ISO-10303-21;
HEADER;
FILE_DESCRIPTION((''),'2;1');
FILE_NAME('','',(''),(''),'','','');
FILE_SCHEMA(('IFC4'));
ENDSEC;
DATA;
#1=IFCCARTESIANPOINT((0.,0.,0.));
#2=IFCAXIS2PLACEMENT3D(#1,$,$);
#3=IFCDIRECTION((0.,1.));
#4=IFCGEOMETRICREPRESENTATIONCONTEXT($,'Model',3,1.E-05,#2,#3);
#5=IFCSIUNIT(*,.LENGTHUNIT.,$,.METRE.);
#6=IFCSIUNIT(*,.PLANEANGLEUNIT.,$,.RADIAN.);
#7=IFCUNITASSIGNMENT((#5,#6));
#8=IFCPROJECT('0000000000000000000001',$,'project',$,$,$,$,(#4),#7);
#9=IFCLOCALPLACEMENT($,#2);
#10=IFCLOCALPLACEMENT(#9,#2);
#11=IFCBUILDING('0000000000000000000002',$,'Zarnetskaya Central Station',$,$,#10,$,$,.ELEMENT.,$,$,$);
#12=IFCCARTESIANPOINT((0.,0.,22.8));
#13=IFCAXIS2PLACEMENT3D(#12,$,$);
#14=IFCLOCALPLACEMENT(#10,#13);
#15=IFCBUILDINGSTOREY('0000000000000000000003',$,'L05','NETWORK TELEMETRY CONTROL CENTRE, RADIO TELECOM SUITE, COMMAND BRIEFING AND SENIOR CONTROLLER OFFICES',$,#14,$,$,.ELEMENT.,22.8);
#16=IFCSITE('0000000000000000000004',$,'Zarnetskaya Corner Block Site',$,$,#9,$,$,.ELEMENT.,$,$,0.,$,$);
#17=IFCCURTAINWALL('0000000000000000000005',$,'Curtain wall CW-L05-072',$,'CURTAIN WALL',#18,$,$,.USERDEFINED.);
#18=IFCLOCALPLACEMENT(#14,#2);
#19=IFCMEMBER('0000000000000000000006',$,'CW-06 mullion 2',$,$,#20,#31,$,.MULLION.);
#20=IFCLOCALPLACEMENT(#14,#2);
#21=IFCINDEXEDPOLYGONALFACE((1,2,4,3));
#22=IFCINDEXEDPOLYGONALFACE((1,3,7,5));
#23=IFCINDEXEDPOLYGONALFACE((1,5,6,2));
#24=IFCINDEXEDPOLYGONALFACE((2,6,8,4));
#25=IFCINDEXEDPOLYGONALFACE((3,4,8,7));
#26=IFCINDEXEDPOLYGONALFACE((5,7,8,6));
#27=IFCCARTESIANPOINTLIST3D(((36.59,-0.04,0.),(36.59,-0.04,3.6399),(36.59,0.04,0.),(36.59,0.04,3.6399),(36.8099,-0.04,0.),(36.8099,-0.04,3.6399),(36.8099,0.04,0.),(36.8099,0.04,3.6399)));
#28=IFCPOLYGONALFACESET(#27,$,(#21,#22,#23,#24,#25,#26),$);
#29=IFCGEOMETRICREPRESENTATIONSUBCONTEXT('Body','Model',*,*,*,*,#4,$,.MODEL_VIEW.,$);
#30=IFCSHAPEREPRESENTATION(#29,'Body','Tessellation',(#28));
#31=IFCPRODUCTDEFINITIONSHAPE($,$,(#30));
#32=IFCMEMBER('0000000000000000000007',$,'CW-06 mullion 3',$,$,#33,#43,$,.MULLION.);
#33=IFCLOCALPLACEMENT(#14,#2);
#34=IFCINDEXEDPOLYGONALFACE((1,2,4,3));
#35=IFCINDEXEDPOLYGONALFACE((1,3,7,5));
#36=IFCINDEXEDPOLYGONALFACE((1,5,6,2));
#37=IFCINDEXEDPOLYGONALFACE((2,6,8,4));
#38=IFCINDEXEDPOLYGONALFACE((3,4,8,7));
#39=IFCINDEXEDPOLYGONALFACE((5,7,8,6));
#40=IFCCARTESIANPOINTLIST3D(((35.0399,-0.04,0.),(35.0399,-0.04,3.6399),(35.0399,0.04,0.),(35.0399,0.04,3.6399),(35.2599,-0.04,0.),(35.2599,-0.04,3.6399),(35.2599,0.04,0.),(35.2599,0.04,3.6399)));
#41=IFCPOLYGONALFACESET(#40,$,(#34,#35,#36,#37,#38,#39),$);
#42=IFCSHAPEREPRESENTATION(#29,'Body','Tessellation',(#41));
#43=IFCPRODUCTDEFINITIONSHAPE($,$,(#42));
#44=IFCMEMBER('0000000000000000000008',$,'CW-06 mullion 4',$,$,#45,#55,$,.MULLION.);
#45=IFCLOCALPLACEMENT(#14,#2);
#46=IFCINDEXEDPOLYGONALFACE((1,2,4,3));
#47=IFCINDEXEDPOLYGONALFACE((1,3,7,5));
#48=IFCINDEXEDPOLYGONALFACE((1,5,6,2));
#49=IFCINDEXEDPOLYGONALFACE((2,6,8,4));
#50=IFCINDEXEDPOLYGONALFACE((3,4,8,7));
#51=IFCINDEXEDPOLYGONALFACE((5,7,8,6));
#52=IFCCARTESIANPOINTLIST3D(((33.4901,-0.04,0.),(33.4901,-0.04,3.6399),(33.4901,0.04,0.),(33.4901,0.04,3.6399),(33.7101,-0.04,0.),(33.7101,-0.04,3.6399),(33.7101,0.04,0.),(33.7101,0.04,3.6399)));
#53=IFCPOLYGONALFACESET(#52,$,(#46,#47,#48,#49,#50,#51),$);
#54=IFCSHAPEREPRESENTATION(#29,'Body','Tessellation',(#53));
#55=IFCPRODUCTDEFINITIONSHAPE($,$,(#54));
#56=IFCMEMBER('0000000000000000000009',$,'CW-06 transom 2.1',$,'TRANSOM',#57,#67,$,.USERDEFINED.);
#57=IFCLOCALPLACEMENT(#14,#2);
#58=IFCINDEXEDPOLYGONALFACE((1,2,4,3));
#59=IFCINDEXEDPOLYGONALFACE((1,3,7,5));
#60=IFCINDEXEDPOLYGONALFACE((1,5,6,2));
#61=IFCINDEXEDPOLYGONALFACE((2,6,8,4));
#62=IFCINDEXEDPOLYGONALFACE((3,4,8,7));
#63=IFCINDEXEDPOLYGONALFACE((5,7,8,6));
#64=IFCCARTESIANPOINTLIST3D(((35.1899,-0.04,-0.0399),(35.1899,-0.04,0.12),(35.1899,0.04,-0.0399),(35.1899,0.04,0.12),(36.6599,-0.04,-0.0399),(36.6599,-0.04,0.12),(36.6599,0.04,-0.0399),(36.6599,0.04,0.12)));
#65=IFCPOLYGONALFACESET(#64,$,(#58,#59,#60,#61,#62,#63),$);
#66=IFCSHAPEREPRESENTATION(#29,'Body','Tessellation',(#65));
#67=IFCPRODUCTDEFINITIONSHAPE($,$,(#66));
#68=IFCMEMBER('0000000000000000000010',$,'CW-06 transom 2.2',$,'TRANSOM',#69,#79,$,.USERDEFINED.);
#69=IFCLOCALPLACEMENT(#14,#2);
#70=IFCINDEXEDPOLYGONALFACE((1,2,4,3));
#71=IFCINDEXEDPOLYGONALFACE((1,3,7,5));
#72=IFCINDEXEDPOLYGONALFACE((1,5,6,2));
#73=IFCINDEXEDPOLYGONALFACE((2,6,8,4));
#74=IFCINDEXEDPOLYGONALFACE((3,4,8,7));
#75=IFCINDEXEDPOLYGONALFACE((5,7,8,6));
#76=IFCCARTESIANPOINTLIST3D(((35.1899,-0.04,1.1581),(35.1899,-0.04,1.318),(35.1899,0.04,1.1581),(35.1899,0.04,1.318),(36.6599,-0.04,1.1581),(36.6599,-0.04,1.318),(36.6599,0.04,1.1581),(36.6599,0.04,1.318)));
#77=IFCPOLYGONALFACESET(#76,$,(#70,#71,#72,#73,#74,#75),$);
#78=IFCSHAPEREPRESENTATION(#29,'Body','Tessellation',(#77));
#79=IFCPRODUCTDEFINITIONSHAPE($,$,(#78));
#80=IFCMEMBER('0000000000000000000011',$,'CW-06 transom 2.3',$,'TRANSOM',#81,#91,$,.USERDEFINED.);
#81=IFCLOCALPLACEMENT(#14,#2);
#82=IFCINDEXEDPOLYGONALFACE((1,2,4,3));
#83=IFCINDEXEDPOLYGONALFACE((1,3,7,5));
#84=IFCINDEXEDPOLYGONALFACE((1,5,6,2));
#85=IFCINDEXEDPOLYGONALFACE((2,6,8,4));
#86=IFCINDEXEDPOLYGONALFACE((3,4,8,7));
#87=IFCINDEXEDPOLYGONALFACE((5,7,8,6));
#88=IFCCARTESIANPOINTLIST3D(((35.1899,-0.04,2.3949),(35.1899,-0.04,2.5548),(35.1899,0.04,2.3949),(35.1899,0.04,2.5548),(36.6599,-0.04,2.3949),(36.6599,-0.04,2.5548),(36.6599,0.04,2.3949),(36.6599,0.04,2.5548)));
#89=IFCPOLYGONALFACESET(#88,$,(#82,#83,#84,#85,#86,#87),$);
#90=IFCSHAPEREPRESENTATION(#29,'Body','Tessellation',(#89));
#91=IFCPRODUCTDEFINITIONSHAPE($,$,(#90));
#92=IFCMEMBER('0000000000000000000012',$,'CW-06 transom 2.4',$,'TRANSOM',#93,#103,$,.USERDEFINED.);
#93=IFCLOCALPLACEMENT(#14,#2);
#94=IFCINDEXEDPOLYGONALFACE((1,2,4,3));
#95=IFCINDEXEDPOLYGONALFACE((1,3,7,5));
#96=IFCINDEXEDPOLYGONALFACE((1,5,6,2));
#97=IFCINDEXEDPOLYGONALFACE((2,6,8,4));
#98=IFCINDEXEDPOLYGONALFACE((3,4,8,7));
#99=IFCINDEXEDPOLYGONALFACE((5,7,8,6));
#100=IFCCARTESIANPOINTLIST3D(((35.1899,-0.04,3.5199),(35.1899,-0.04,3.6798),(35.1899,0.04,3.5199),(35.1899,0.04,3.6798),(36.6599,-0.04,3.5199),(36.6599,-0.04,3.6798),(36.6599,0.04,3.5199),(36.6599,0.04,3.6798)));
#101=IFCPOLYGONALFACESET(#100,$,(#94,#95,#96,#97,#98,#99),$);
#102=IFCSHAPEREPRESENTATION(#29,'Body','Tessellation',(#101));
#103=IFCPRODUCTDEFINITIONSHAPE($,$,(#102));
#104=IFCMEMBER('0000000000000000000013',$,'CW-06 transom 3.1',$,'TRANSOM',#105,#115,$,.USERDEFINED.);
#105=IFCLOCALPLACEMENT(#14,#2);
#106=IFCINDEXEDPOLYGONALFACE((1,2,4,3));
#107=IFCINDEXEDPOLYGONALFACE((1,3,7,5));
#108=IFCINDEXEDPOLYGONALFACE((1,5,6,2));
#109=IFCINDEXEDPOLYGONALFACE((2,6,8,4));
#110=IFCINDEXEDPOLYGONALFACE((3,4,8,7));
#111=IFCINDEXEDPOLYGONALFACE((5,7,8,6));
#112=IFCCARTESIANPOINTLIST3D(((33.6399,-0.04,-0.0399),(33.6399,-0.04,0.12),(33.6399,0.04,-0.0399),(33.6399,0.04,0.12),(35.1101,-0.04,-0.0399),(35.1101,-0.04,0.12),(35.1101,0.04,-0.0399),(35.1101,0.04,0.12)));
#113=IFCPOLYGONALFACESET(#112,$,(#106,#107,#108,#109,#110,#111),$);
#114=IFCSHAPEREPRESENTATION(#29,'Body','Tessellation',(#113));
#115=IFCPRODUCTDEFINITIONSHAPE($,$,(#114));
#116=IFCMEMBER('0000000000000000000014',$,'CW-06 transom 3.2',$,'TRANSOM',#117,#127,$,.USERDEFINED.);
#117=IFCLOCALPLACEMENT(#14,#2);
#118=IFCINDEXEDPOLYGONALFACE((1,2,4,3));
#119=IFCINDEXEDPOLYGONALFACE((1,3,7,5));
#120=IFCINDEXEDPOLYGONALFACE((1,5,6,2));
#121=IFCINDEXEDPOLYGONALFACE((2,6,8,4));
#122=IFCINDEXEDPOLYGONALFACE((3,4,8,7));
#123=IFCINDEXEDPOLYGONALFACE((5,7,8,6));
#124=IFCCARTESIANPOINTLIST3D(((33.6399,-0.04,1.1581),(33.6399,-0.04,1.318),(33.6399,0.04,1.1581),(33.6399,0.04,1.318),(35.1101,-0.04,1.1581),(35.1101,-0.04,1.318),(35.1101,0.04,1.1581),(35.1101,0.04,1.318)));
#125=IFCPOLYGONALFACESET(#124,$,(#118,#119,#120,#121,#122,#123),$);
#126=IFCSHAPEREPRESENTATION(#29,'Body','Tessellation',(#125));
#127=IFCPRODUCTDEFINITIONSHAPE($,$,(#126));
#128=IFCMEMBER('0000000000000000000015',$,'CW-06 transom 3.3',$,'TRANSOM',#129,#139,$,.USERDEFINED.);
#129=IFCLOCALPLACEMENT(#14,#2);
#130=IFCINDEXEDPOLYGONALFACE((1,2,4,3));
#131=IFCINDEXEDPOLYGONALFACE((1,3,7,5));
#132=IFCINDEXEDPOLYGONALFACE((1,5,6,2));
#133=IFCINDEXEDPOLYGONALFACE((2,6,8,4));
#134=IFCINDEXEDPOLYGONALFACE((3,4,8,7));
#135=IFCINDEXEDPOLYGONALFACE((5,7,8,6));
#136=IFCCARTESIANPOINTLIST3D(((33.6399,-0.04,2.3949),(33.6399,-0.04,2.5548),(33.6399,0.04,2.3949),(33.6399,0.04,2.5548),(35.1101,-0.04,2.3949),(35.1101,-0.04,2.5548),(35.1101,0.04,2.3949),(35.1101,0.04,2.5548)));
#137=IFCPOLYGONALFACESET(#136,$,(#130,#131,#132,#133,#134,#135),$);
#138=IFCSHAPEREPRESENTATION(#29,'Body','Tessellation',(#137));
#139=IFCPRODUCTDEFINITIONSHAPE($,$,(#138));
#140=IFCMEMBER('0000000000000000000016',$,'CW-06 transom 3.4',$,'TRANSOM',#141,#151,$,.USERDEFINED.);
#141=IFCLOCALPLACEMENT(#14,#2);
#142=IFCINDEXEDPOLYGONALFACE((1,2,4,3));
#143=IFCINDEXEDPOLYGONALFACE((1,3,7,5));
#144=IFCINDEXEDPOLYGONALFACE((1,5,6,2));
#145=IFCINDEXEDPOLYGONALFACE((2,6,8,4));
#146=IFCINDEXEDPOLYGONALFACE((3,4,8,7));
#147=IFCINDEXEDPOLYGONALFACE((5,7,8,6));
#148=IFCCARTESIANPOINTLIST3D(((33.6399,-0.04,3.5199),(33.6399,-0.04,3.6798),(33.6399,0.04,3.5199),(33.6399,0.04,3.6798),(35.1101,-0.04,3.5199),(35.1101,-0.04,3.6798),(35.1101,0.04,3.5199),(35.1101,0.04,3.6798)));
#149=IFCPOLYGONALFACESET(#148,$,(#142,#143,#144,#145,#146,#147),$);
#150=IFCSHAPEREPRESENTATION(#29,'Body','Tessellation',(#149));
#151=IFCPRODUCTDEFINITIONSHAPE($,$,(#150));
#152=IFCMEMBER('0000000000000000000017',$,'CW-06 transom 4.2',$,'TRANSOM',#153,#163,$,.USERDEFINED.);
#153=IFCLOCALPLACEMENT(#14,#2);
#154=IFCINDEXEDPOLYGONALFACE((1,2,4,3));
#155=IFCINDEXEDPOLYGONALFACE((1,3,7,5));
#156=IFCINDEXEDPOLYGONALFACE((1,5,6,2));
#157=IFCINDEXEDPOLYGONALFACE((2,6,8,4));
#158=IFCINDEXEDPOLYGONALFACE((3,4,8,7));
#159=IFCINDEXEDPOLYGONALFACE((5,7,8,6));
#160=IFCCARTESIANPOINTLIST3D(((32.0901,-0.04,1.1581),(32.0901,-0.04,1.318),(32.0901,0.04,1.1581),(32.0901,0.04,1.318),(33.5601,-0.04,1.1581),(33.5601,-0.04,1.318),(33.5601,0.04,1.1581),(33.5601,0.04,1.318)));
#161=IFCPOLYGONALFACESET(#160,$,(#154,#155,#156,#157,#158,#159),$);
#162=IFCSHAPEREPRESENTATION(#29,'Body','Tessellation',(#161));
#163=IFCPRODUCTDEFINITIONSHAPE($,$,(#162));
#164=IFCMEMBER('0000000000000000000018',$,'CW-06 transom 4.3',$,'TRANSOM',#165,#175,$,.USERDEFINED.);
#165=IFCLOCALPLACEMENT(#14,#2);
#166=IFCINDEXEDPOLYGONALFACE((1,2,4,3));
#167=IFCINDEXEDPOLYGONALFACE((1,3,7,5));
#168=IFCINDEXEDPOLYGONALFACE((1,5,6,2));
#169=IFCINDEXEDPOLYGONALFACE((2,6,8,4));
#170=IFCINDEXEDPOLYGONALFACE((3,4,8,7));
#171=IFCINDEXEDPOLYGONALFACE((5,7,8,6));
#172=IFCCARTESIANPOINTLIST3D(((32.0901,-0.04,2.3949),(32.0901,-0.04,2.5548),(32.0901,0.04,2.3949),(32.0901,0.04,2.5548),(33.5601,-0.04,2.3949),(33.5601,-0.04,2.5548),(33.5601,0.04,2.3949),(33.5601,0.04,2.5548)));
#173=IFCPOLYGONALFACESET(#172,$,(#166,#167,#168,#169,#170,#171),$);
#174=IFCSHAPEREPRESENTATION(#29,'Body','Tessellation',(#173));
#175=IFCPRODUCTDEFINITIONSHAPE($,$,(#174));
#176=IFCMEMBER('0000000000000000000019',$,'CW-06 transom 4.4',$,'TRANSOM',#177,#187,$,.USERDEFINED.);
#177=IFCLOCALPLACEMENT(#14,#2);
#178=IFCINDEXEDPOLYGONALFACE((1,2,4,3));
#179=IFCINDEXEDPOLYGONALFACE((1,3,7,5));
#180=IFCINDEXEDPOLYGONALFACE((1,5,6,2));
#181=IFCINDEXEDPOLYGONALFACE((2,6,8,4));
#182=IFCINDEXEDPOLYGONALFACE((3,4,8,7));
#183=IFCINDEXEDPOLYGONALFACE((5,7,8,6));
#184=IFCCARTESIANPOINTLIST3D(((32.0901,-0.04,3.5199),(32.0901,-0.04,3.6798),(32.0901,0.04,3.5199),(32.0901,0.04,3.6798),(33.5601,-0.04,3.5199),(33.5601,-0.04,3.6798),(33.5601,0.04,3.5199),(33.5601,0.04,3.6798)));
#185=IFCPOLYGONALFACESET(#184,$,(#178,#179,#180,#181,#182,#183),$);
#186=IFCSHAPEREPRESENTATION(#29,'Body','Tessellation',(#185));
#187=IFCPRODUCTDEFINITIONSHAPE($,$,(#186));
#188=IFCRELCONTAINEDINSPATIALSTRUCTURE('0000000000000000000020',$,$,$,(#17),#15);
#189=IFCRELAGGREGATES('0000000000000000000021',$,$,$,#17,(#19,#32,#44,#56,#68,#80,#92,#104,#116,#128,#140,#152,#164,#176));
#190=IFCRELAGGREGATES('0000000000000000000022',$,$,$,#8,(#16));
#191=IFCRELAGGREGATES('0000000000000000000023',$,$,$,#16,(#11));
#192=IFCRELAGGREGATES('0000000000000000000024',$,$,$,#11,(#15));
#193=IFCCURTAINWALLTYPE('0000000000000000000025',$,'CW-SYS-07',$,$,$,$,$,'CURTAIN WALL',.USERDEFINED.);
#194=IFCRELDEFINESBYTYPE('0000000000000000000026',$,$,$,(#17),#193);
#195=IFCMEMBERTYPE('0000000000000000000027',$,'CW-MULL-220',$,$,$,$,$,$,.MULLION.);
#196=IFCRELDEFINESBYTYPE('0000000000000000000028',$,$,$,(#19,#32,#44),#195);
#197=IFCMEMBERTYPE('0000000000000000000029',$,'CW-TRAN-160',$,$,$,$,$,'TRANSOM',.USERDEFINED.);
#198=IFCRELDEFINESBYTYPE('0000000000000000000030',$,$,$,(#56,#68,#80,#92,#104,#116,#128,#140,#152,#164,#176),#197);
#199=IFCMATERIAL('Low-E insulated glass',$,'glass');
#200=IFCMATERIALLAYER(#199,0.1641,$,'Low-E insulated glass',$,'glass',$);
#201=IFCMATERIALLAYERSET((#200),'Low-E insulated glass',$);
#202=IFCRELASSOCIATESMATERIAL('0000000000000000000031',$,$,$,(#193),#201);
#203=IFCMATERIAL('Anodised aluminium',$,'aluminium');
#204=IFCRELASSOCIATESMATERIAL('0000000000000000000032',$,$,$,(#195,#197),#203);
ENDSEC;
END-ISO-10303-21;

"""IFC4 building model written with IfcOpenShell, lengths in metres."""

from ifc_helpers import new_model, si_unit, direction, frame, origin, origin_2d, place, context, subcontext, project, spatial, rectangle, extrude, material, layer, layer_set, material_profile, profile_set, type_object, element, aggregate, save


model = new_model("IFC4")

# Units and contexts
model_context = context("Model", 3, precision=1e-05, world=origin(), true_north=direction((0.0, 1.0)))
body_context = subcontext(model_context, "Body", "Model", "MODEL_VIEW")
ifc_project = project(units=[si_unit("LENGTHUNIT", "METRE"), si_unit("PLANEANGLEUNIT", "RADIAN")], contexts=[model_context])

# Site, building, storey
site_placement = place(None, origin())
site = spatial("IfcSite", under=ifc_project, at=site_placement, Name="Zarnetskaya Corner Block Site", CompositionType="ELEMENT", RefElevation=0.0)
building_placement = place(site_placement, origin())
building = spatial("IfcBuilding", under=site, at=building_placement, Name="Zarnetskaya Central Station", CompositionType="ELEMENT")
storey_placement = place(building_placement, frame((0.0, 0.0, 22.8)))
storey = spatial("IfcBuildingStorey", under=building, at=storey_placement, Name="L05", Description="NETWORK TELEMETRY CONTROL CENTRE, RADIO TELECOM SUITE, COMMAND BRIEFING AND SENIOR CONTROLLER OFFICES", CompositionType="ELEMENT", Elevation=22.8)

# Curtain wall, members
ifc_material_1 = material(Name="Low-E insulated glass", Category="glass")
ifc_layer_1 = layer(ifc_material_1, 0.1641, Name="Low-E insulated glass", Category="glass")
ifc_layer_set_1 = layer_set([ifc_layer_1], Name="Low-E insulated glass")
curtain_wall_type = type_object("IfcCurtainWallType", Name="CW-SYS-07", ElementType="CURTAIN WALL", PredefinedType="USERDEFINED", material=ifc_layer_set_1)
curtain_wall_placement = place(storey_placement, origin())
curtain_wall = element("IfcCurtainWall", 1, at=curtain_wall_placement, inside=storey, type_object=curtain_wall_type, Name="Curtain wall CW-L05-072", ObjectType="CURTAIN WALL", PredefinedType="USERDEFINED")
ifc_material_2 = material(Name="Anodised aluminium", Category="aluminium")
ifc_material_profile_1 = material_profile(ifc_material_2, rectangle(XDim=0.0801, YDim=0.22, at=origin_2d()), Name="ALU MULL 80x220")
ifc_profile_set_1 = profile_set([ifc_material_profile_1], Name="Anodised aluminium")
member_type_1 = type_object("IfcMemberType", Name="CW-MULL-220", PredefinedType="MULLION", material=ifc_profile_set_1)
member_1_placement = place(storey_placement, frame((36.7, 0.0, 0.0), z_axis=(0.0, 0.0, 1.0), x_axis=(0.0, -1.0, 0.0)))
member_1 = element("IfcMember", 2, at=member_1_placement, type_object=member_type_1, Name="CW-06 mullion 2", PredefinedType="MULLION", context=body_context, shape_type="SweptSolid", body=[
    extrude(rectangle(XDim=0.0801, YDim=0.22, at=origin_2d()), origin(), (0.0, 0.0, 1.0), 3.6399),
])
member_2_placement = place(storey_placement, frame((35.1499, 0.0, 0.0), z_axis=(0.0, 0.0, 1.0), x_axis=(0.0, -1.0, 0.0)))
member_2 = element("IfcMember", 3, at=member_2_placement, type_object=member_type_1, Name="CW-06 mullion 3", PredefinedType="MULLION", context=body_context, shape_type="SweptSolid", body=[
    extrude(rectangle(XDim=0.0801, YDim=0.22, at=origin_2d()), origin(), (0.0, 0.0, 1.0), 3.6399),
])
member_3_placement = place(storey_placement, frame((33.6001, 0.0, 0.0), z_axis=(0.0, 0.0, 1.0), x_axis=(0.0, -1.0, 0.0)))
member_3 = element("IfcMember", 4, at=member_3_placement, type_object=member_type_1, Name="CW-06 mullion 4", PredefinedType="MULLION", context=body_context, shape_type="SweptSolid", body=[
    extrude(rectangle(XDim=0.0801, YDim=0.22, at=origin_2d()), origin(), (0.0, 0.0, 1.0), 3.6399),
])
ifc_material_profile_2 = material_profile(ifc_material_2, rectangle(XDim=0.0801, YDim=0.1599, at=origin_2d()), Name="ALU TRAN 80x160")
ifc_profile_set_2 = profile_set([ifc_material_profile_2], Name="Anodised aluminium")
member_type_2 = type_object("IfcMemberType", Name="CW-TRAN-160", ElementType="TRANSOM", PredefinedType="USERDEFINED", material=ifc_profile_set_2)
member_4_placement = place(storey_placement, frame((36.6599, 0.0, 0.04), z_axis=(-1.0, 0.0, 0.0), x_axis=(0.0, -1.0, 0.0)))
member_4 = element("IfcMember", 5, at=member_4_placement, type_object=member_type_2, Name="CW-06 transom 2.1", ObjectType="TRANSOM", PredefinedType="USERDEFINED", context=body_context, shape_type="SweptSolid", body=[
    extrude(rectangle(XDim=0.0801, YDim=0.1599, at=origin_2d()), origin(), (0.0, 0.0, 1.0), 1.47),
])
member_5_placement = place(storey_placement, frame((36.6599, 0.0, 1.238), z_axis=(-1.0, 0.0, 0.0), x_axis=(0.0, -1.0, 0.0)))
member_5 = element("IfcMember", 6, at=member_5_placement, type_object=member_type_2, Name="CW-06 transom 2.2", ObjectType="TRANSOM", PredefinedType="USERDEFINED", context=body_context, shape_type="SweptSolid", body=[
    extrude(rectangle(XDim=0.0801, YDim=0.1599, at=origin_2d()), origin(), (0.0, 0.0, 1.0), 1.47),
])
member_6_placement = place(storey_placement, frame((36.6599, 0.0, 2.4749), z_axis=(-1.0, 0.0, 0.0), x_axis=(0.0, -1.0, 0.0)))
member_6 = element("IfcMember", 7, at=member_6_placement, type_object=member_type_2, Name="CW-06 transom 2.3", ObjectType="TRANSOM", PredefinedType="USERDEFINED", context=body_context, shape_type="SweptSolid", body=[
    extrude(rectangle(XDim=0.0801, YDim=0.1599, at=origin_2d()), origin(), (0.0, 0.0, 1.0), 1.47),
])
member_7_placement = place(storey_placement, frame((36.6599, 0.0, 3.5999), z_axis=(-1.0, 0.0, 0.0), x_axis=(0.0, -1.0, 0.0)))
member_7 = element("IfcMember", 8, at=member_7_placement, type_object=member_type_2, Name="CW-06 transom 2.4", ObjectType="TRANSOM", PredefinedType="USERDEFINED", context=body_context, shape_type="SweptSolid", body=[
    extrude(rectangle(XDim=0.0801, YDim=0.1599, at=origin_2d()), origin(), (0.0, 0.0, 1.0), 1.47),
])
member_8_placement = place(storey_placement, frame((35.1101, 0.0, 0.04), z_axis=(-1.0, 0.0, 0.0), x_axis=(0.0, -1.0, 0.0)))
member_8 = element("IfcMember", 9, at=member_8_placement, type_object=member_type_2, Name="CW-06 transom 3.1", ObjectType="TRANSOM", PredefinedType="USERDEFINED", context=body_context, shape_type="SweptSolid", body=[
    extrude(rectangle(XDim=0.0801, YDim=0.1599, at=origin_2d()), origin(), (0.0, 0.0, 1.0), 1.4702),
])
member_9_placement = place(storey_placement, frame((35.1101, 0.0, 1.238), z_axis=(-1.0, 0.0, 0.0), x_axis=(0.0, -1.0, 0.0)))
member_9 = element("IfcMember", 10, at=member_9_placement, type_object=member_type_2, Name="CW-06 transom 3.2", ObjectType="TRANSOM", PredefinedType="USERDEFINED", context=body_context, shape_type="SweptSolid", body=[
    extrude(rectangle(XDim=0.0801, YDim=0.1599, at=origin_2d()), origin(), (0.0, 0.0, 1.0), 1.4702),
])
member_10_placement = place(storey_placement, frame((35.1101, 0.0, 2.4749), z_axis=(-1.0, 0.0, 0.0), x_axis=(0.0, -1.0, 0.0)))
member_10 = element("IfcMember", 11, at=member_10_placement, type_object=member_type_2, Name="CW-06 transom 3.3", ObjectType="TRANSOM", PredefinedType="USERDEFINED", context=body_context, shape_type="SweptSolid", body=[
    extrude(rectangle(XDim=0.0801, YDim=0.1599, at=origin_2d()), origin(), (0.0, 0.0, 1.0), 1.4702),
])
member_11_placement = place(storey_placement, frame((35.1101, 0.0, 3.5999), z_axis=(-1.0, 0.0, 0.0), x_axis=(0.0, -1.0, 0.0)))
member_11 = element("IfcMember", 12, at=member_11_placement, type_object=member_type_2, Name="CW-06 transom 3.4", ObjectType="TRANSOM", PredefinedType="USERDEFINED", context=body_context, shape_type="SweptSolid", body=[
    extrude(rectangle(XDim=0.0801, YDim=0.1599, at=origin_2d()), origin(), (0.0, 0.0, 1.0), 1.4702),
])
member_12_placement = place(storey_placement, frame((33.5601, 0.0, 1.238), z_axis=(-1.0, 0.0, 0.0), x_axis=(0.0, -1.0, 0.0)))
member_12 = element("IfcMember", 13, at=member_12_placement, type_object=member_type_2, Name="CW-06 transom 4.2", ObjectType="TRANSOM", PredefinedType="USERDEFINED", context=body_context, shape_type="SweptSolid", body=[
    extrude(rectangle(XDim=0.0801, YDim=0.1599, at=origin_2d()), origin(), (0.0, 0.0, 1.0), 1.47),
])
member_13_placement = place(storey_placement, frame((33.5601, 0.0, 2.4749), z_axis=(-1.0, 0.0, 0.0), x_axis=(0.0, -1.0, 0.0)))
member_13 = element("IfcMember", 14, at=member_13_placement, type_object=member_type_2, Name="CW-06 transom 4.3", ObjectType="TRANSOM", PredefinedType="USERDEFINED", context=body_context, shape_type="SweptSolid", body=[
    extrude(rectangle(XDim=0.0801, YDim=0.1599, at=origin_2d()), origin(), (0.0, 0.0, 1.0), 1.47),
])
member_14_placement = place(storey_placement, frame((33.5601, 0.0, 3.5999), z_axis=(-1.0, 0.0, 0.0), x_axis=(0.0, -1.0, 0.0)))
member_14 = element("IfcMember", 15, at=member_14_placement, type_object=member_type_2, Name="CW-06 transom 4.4", ObjectType="TRANSOM", PredefinedType="USERDEFINED", context=body_context, shape_type="SweptSolid", body=[
    extrude(rectangle(XDim=0.0801, YDim=0.1599, at=origin_2d()), origin(), (0.0, 0.0, 1.0), 1.47),
])
aggregate(curtain_wall, [member_1, member_2, member_3, member_4, member_5, member_6, member_7, member_8, member_9, member_10, member_11, member_12, member_13, member_14])

save(model, "model.ifc")
